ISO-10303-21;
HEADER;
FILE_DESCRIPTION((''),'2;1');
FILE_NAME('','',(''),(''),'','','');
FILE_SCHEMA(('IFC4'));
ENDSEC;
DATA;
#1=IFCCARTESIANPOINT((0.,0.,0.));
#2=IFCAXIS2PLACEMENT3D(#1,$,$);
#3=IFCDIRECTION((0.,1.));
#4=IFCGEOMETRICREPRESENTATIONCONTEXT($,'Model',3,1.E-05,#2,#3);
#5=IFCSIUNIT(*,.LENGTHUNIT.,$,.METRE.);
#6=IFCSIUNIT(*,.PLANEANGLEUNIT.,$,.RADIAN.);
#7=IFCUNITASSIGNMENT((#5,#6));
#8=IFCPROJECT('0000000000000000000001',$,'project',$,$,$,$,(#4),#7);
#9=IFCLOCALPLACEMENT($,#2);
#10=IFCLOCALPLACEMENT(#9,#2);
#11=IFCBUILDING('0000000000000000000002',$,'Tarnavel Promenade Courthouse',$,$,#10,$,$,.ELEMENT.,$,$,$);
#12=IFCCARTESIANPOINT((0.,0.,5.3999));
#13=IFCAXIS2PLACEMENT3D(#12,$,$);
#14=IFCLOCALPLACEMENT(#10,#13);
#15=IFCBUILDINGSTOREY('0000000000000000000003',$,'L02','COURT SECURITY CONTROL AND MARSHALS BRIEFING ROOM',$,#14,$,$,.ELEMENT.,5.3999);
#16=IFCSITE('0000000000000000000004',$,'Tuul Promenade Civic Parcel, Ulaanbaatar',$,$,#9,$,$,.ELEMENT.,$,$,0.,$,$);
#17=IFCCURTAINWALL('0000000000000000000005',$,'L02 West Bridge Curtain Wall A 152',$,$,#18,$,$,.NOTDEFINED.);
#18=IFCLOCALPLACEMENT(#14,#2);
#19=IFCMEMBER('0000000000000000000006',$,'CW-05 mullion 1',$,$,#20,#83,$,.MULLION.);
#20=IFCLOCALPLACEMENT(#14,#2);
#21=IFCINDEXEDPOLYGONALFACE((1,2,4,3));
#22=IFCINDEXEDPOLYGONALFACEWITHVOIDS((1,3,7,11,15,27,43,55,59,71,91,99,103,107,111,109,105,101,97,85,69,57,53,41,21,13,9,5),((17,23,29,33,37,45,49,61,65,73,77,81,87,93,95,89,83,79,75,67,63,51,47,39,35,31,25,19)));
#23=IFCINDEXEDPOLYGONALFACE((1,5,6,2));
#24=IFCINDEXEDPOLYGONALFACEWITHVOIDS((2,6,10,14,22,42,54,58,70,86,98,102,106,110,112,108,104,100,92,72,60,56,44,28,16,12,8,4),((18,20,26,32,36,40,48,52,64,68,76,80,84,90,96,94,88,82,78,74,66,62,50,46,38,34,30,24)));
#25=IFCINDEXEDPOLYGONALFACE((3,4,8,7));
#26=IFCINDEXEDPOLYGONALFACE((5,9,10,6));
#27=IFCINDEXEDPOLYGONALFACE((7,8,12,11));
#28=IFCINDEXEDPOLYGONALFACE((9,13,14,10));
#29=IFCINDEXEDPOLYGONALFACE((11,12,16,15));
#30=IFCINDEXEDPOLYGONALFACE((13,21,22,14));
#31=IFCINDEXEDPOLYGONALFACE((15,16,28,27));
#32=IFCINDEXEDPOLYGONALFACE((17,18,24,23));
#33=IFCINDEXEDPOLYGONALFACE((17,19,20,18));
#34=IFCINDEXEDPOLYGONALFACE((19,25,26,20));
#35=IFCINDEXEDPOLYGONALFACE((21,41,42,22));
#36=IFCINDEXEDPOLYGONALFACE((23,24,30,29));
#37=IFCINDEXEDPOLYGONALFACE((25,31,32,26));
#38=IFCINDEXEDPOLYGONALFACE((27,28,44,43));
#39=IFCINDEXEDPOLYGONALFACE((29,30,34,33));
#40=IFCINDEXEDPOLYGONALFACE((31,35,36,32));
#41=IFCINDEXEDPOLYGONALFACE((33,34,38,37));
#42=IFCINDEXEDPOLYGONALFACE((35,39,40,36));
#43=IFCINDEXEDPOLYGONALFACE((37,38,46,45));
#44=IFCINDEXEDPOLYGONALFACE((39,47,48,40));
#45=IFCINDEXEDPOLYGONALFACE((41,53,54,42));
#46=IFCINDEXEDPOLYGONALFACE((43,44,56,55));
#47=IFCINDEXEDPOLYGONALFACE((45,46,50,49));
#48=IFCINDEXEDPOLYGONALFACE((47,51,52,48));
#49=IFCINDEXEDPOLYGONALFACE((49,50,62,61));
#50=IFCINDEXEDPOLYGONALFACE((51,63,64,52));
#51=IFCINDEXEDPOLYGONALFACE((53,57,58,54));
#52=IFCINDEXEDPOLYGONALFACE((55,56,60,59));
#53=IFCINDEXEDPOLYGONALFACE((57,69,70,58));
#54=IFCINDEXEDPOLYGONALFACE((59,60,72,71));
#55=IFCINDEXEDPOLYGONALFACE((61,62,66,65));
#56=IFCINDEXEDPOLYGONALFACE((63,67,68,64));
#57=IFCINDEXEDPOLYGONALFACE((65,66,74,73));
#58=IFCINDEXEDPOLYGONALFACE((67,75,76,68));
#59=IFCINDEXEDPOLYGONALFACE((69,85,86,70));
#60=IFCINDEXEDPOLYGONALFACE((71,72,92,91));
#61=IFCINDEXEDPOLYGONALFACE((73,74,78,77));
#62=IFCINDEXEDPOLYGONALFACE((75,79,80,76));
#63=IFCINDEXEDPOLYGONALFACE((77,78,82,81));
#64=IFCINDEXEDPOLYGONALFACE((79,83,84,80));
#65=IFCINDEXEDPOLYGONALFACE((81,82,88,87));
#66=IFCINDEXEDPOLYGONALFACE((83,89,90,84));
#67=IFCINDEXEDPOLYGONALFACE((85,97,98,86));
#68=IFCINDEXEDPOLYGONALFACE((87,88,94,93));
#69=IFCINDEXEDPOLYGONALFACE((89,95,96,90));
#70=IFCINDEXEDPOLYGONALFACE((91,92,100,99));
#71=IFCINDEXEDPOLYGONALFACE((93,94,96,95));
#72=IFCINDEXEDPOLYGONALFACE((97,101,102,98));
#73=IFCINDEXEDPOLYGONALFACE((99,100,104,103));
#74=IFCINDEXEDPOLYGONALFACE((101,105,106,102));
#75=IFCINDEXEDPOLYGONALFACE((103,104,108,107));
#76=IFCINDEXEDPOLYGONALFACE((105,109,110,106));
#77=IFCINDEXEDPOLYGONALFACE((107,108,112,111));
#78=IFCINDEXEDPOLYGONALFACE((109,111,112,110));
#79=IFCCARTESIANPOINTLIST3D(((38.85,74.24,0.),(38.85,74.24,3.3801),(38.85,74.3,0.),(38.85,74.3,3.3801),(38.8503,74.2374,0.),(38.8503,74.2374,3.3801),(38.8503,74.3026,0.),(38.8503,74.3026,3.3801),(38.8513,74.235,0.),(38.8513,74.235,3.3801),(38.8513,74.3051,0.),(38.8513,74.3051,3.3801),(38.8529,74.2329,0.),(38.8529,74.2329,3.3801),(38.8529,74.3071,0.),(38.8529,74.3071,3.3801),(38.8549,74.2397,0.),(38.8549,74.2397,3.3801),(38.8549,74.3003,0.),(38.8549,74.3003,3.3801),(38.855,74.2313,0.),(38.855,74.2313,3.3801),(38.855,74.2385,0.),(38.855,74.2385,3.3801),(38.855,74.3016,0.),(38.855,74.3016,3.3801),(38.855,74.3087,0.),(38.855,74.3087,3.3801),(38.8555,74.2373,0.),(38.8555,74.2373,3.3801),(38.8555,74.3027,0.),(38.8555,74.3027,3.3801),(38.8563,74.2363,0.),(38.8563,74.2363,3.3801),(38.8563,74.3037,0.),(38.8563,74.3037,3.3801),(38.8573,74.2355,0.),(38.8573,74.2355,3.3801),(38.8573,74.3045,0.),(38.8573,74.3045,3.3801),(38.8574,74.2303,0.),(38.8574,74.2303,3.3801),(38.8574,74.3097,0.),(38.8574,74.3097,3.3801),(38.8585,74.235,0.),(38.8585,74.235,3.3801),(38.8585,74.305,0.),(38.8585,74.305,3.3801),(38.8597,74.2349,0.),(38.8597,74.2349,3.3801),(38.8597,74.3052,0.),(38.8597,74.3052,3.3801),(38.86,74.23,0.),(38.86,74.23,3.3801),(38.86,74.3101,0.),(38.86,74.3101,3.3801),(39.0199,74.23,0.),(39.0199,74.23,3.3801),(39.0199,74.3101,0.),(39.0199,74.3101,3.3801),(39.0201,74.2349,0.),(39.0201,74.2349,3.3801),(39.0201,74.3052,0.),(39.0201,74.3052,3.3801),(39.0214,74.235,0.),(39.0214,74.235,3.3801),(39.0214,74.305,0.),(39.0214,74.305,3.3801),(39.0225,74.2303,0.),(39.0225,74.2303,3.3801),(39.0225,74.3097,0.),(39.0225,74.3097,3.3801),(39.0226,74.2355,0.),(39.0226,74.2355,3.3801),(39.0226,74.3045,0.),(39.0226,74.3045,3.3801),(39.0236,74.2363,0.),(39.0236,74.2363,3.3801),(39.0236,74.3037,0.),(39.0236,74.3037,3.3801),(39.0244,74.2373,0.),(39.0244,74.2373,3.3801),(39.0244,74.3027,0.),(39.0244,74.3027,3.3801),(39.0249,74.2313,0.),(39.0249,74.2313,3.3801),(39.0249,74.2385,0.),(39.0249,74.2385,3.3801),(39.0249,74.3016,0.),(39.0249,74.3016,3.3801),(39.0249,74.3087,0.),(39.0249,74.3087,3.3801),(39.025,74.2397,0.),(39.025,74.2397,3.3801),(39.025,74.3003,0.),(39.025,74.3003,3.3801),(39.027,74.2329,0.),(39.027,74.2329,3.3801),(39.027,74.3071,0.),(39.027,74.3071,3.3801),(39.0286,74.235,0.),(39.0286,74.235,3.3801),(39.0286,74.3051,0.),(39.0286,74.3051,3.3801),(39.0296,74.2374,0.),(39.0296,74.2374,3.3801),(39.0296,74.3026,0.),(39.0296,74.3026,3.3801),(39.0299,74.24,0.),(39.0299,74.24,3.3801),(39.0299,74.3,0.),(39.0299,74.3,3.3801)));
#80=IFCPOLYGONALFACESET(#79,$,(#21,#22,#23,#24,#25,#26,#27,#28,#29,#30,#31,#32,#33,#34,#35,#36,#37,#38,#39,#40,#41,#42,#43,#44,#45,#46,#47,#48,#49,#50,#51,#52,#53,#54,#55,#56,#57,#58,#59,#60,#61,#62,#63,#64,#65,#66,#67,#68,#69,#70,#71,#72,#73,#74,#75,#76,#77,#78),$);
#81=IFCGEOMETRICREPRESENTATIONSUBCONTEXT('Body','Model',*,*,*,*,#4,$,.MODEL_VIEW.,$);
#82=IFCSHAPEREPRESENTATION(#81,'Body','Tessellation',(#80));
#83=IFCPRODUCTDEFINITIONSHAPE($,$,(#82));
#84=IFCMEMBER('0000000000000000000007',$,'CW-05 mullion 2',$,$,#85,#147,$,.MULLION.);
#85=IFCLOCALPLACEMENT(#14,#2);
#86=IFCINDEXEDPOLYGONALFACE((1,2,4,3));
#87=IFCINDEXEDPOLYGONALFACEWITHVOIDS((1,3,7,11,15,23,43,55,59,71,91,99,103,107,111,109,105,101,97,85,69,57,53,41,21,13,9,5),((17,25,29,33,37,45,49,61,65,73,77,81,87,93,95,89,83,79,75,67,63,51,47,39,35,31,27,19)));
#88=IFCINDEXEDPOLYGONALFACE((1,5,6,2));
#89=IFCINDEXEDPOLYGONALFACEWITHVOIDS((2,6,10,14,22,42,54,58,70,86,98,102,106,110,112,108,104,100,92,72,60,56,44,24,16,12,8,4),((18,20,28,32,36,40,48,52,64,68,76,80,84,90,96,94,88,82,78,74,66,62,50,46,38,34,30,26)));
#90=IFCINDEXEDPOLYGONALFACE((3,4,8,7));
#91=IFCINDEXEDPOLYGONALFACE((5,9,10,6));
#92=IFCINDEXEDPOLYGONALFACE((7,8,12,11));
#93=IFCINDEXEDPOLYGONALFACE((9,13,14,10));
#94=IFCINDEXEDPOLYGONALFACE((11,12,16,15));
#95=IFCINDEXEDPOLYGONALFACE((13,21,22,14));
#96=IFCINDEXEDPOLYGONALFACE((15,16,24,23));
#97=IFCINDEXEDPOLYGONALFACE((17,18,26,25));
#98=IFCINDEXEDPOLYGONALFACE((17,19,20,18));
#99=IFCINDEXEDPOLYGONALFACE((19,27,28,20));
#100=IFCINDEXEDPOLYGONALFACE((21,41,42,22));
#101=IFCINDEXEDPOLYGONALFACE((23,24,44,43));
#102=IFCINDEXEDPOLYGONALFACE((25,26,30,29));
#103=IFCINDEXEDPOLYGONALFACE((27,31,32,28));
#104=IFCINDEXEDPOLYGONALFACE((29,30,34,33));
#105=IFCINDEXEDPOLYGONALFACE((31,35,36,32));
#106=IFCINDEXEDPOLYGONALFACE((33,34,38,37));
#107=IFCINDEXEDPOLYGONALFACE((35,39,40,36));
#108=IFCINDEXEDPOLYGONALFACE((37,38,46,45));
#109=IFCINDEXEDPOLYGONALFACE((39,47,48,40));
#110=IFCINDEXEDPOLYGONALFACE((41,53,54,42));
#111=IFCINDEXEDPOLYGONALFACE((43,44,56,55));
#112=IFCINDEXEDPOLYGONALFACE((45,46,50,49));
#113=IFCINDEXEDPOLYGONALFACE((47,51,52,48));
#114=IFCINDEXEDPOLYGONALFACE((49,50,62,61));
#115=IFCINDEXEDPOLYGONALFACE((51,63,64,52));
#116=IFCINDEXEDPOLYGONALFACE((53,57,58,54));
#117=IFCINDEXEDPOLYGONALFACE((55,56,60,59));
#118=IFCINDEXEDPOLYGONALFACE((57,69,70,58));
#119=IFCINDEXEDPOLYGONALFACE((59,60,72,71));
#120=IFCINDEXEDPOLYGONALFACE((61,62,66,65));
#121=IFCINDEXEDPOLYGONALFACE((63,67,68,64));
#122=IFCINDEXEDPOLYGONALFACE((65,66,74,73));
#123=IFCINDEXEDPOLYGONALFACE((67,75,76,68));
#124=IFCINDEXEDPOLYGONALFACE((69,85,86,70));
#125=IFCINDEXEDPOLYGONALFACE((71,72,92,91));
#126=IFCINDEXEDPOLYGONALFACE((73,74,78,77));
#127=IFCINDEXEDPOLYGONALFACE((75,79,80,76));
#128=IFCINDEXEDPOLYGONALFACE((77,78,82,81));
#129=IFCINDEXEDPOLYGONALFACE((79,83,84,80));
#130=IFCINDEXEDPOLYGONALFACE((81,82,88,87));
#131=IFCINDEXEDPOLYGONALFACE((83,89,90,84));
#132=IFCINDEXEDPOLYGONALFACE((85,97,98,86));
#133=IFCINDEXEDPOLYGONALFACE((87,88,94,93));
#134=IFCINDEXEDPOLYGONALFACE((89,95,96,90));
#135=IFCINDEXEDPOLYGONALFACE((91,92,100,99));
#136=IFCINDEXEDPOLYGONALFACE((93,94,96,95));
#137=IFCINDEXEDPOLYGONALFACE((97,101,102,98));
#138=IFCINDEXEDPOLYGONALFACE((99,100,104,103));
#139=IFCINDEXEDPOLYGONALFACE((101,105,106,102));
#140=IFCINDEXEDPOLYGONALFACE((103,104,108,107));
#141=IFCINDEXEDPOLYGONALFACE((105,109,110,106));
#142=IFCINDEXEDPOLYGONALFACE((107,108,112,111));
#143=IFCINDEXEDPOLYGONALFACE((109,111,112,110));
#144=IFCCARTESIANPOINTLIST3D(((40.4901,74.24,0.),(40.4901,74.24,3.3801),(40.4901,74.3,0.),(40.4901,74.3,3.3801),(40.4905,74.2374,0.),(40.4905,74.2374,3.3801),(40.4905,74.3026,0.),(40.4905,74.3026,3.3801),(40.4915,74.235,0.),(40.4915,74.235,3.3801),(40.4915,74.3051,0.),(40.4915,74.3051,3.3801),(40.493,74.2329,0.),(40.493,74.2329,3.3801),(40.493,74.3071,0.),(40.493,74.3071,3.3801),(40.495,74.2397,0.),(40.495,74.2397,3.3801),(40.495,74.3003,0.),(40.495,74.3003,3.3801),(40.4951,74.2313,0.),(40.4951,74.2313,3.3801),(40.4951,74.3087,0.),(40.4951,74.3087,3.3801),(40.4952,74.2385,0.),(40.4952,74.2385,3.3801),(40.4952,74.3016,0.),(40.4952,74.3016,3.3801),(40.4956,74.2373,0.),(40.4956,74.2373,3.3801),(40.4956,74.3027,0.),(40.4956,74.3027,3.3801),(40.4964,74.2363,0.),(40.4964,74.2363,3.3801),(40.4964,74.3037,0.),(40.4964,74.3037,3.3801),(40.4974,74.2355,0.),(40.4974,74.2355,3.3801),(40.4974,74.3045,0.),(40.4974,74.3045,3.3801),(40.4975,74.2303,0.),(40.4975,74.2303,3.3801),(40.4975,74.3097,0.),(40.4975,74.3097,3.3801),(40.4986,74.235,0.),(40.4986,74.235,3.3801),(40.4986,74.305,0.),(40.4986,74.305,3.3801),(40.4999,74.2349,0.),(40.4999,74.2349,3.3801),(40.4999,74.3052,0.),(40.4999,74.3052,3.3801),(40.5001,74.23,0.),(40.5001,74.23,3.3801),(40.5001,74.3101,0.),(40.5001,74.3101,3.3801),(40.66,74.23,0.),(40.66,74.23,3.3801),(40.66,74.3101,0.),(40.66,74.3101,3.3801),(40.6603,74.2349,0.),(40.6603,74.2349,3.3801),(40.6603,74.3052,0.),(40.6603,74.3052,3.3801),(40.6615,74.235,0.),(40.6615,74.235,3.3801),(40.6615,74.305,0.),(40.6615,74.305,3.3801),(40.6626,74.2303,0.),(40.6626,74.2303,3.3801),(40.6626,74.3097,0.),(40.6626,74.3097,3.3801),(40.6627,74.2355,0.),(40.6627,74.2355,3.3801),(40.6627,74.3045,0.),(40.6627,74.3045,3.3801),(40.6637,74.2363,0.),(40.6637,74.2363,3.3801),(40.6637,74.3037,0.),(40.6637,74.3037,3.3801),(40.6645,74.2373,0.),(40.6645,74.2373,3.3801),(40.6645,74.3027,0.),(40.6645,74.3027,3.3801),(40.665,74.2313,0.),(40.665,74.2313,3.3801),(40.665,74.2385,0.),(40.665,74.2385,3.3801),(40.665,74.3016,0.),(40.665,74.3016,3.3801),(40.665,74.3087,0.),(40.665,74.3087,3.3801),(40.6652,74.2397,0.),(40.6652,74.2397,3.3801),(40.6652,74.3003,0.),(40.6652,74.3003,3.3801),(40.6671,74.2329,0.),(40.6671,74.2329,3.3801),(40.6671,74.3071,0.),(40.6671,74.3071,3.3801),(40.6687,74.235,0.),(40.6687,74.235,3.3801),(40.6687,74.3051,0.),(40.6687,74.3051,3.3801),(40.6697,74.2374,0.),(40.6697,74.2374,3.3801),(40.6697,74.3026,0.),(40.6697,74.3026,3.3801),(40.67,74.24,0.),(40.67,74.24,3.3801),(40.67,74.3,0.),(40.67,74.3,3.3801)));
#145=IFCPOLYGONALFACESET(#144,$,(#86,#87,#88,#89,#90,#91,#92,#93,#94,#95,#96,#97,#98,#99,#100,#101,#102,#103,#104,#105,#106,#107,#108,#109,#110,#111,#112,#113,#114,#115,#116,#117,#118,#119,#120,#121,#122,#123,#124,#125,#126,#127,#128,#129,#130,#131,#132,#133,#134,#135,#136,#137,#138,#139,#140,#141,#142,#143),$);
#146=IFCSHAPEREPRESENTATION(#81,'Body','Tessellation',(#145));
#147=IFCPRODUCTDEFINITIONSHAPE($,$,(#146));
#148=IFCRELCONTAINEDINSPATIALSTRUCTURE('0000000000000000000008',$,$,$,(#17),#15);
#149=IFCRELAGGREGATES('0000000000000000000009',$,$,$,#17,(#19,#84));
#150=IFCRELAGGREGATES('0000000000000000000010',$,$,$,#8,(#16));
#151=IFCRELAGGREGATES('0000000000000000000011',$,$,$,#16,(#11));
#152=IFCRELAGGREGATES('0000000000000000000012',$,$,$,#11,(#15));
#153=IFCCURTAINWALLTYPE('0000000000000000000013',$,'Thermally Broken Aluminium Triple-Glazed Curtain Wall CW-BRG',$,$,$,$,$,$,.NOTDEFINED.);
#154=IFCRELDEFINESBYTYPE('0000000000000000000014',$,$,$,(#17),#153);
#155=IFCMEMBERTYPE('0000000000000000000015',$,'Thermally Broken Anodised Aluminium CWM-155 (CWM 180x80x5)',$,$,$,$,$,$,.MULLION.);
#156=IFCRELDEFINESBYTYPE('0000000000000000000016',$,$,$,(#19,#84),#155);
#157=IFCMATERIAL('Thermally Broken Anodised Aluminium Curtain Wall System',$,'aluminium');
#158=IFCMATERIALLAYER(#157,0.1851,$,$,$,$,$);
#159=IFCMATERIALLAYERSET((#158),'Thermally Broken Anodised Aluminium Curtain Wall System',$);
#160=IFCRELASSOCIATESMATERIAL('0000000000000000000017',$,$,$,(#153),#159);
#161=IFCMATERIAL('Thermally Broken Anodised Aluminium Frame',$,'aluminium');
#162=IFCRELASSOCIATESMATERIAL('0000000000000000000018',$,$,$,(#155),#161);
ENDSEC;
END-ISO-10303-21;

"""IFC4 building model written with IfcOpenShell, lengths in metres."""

from ifc_helpers import new_model, si_unit, direction, frame, origin, origin_2d, place, context, subcontext, project, spatial, hollow_rectangle, extrude, material, layer, layer_set, material_profile, profile_set, type_object, element, aggregate, save


model = new_model("IFC4")

# Units and contexts
model_context = context("Model", 3, precision=1e-05, world=origin(), true_north=direction((0.0, 1.0)))
body_context = subcontext(model_context, "Body", "Model", "MODEL_VIEW")
ifc_project = project(units=[si_unit("LENGTHUNIT", "METRE"), si_unit("PLANEANGLEUNIT", "RADIAN")], contexts=[model_context])

# Site, building, storey
site_placement = place(None, origin())
site = spatial("IfcSite", under=ifc_project, at=site_placement, Name="Tuul Promenade Civic Parcel, Ulaanbaatar", CompositionType="ELEMENT", RefElevation=0.0)
building_placement = place(site_placement, origin())
building = spatial("IfcBuilding", under=site, at=building_placement, Name="Tarnavel Promenade Courthouse", CompositionType="ELEMENT")
storey_placement = place(building_placement, frame((0.0, 0.0, 5.3999)))
storey = spatial("IfcBuildingStorey", under=building, at=storey_placement, Name="L02", Description="COURT SECURITY CONTROL AND MARSHALS BRIEFING ROOM", CompositionType="ELEMENT", Elevation=5.3999)

# Curtain wall, members
ifc_material_1 = material(Name="Thermally Broken Anodised Aluminium Curtain Wall System", Category="aluminium")
ifc_layer_1 = layer(ifc_material_1, 0.1851)
ifc_layer_set_1 = layer_set([ifc_layer_1], Name="Thermally Broken Anodised Aluminium Curtain Wall System")
curtain_wall_type = type_object("IfcCurtainWallType", Name="Thermally Broken Aluminium Triple-Glazed Curtain Wall CW-BRG", PredefinedType="NOTDEFINED", material=ifc_layer_set_1)
ifc_material_2 = material(Name="Thermally Broken Anodised Aluminium Frame", Category="aluminium")
ifc_material_profile_1 = material_profile(ifc_material_2, hollow_rectangle(XDim=0.0801, YDim=0.1799, WallThickness=0.0049, InnerFilletRadius=0.0049, OuterFilletRadius=0.01, at=origin_2d()), Name="CWM 180x80x5")
ifc_profile_set_1 = profile_set([ifc_material_profile_1], Name="Thermally Broken Anodised Aluminium Frame")
member_type_1 = type_object("IfcMemberType", Name="Thermally Broken Anodised Aluminium CWM-155 (CWM 180x80x5)", PredefinedType="MULLION", material=ifc_profile_set_1)
curtain_wall_1_placement = place(storey_placement, origin())
curtain_wall_1 = element("IfcCurtainWall", 1, at=curtain_wall_1_placement, inside=storey, type_object=curtain_wall_type, Name="L02 West Bridge Curtain Wall A 152", PredefinedType="NOTDEFINED")
member_1_placement = place(storey_placement, frame((38.9399, 74.27, 0.0), z_axis=(0.0, 0.0, 1.0), x_axis=(0.0, 1.0, 0.0)))
member_1 = element("IfcMember", 2, at=member_1_placement, type_object=member_type_1, Name="CW-05 mullion 1", PredefinedType="MULLION", context=body_context, shape_type="SweptSolid", body=[
    extrude(hollow_rectangle(XDim=0.0801, YDim=0.1799, WallThickness=0.0049, InnerFilletRadius=0.0049, OuterFilletRadius=0.01, at=origin_2d()), origin(), (0.0, 0.0, 1.0), 3.3801),
])
member_2_placement = place(storey_placement, frame((40.5801, 74.27, 0.0), z_axis=(0.0, 0.0, 1.0), x_axis=(0.0, 1.0, 0.0)))
member_2 = element("IfcMember", 3, at=member_2_placement, type_object=member_type_1, Name="CW-05 mullion 2", PredefinedType="MULLION", context=body_context, shape_type="SweptSolid", body=[
    extrude(hollow_rectangle(XDim=0.0801, YDim=0.1799, WallThickness=0.0049, InnerFilletRadius=0.0049, OuterFilletRadius=0.01, at=origin_2d()), origin(), (0.0, 0.0, 1.0), 3.3801),
])

aggregate(curtain_wall_1, [member_1, member_2])

save(model, "model.ifc")
